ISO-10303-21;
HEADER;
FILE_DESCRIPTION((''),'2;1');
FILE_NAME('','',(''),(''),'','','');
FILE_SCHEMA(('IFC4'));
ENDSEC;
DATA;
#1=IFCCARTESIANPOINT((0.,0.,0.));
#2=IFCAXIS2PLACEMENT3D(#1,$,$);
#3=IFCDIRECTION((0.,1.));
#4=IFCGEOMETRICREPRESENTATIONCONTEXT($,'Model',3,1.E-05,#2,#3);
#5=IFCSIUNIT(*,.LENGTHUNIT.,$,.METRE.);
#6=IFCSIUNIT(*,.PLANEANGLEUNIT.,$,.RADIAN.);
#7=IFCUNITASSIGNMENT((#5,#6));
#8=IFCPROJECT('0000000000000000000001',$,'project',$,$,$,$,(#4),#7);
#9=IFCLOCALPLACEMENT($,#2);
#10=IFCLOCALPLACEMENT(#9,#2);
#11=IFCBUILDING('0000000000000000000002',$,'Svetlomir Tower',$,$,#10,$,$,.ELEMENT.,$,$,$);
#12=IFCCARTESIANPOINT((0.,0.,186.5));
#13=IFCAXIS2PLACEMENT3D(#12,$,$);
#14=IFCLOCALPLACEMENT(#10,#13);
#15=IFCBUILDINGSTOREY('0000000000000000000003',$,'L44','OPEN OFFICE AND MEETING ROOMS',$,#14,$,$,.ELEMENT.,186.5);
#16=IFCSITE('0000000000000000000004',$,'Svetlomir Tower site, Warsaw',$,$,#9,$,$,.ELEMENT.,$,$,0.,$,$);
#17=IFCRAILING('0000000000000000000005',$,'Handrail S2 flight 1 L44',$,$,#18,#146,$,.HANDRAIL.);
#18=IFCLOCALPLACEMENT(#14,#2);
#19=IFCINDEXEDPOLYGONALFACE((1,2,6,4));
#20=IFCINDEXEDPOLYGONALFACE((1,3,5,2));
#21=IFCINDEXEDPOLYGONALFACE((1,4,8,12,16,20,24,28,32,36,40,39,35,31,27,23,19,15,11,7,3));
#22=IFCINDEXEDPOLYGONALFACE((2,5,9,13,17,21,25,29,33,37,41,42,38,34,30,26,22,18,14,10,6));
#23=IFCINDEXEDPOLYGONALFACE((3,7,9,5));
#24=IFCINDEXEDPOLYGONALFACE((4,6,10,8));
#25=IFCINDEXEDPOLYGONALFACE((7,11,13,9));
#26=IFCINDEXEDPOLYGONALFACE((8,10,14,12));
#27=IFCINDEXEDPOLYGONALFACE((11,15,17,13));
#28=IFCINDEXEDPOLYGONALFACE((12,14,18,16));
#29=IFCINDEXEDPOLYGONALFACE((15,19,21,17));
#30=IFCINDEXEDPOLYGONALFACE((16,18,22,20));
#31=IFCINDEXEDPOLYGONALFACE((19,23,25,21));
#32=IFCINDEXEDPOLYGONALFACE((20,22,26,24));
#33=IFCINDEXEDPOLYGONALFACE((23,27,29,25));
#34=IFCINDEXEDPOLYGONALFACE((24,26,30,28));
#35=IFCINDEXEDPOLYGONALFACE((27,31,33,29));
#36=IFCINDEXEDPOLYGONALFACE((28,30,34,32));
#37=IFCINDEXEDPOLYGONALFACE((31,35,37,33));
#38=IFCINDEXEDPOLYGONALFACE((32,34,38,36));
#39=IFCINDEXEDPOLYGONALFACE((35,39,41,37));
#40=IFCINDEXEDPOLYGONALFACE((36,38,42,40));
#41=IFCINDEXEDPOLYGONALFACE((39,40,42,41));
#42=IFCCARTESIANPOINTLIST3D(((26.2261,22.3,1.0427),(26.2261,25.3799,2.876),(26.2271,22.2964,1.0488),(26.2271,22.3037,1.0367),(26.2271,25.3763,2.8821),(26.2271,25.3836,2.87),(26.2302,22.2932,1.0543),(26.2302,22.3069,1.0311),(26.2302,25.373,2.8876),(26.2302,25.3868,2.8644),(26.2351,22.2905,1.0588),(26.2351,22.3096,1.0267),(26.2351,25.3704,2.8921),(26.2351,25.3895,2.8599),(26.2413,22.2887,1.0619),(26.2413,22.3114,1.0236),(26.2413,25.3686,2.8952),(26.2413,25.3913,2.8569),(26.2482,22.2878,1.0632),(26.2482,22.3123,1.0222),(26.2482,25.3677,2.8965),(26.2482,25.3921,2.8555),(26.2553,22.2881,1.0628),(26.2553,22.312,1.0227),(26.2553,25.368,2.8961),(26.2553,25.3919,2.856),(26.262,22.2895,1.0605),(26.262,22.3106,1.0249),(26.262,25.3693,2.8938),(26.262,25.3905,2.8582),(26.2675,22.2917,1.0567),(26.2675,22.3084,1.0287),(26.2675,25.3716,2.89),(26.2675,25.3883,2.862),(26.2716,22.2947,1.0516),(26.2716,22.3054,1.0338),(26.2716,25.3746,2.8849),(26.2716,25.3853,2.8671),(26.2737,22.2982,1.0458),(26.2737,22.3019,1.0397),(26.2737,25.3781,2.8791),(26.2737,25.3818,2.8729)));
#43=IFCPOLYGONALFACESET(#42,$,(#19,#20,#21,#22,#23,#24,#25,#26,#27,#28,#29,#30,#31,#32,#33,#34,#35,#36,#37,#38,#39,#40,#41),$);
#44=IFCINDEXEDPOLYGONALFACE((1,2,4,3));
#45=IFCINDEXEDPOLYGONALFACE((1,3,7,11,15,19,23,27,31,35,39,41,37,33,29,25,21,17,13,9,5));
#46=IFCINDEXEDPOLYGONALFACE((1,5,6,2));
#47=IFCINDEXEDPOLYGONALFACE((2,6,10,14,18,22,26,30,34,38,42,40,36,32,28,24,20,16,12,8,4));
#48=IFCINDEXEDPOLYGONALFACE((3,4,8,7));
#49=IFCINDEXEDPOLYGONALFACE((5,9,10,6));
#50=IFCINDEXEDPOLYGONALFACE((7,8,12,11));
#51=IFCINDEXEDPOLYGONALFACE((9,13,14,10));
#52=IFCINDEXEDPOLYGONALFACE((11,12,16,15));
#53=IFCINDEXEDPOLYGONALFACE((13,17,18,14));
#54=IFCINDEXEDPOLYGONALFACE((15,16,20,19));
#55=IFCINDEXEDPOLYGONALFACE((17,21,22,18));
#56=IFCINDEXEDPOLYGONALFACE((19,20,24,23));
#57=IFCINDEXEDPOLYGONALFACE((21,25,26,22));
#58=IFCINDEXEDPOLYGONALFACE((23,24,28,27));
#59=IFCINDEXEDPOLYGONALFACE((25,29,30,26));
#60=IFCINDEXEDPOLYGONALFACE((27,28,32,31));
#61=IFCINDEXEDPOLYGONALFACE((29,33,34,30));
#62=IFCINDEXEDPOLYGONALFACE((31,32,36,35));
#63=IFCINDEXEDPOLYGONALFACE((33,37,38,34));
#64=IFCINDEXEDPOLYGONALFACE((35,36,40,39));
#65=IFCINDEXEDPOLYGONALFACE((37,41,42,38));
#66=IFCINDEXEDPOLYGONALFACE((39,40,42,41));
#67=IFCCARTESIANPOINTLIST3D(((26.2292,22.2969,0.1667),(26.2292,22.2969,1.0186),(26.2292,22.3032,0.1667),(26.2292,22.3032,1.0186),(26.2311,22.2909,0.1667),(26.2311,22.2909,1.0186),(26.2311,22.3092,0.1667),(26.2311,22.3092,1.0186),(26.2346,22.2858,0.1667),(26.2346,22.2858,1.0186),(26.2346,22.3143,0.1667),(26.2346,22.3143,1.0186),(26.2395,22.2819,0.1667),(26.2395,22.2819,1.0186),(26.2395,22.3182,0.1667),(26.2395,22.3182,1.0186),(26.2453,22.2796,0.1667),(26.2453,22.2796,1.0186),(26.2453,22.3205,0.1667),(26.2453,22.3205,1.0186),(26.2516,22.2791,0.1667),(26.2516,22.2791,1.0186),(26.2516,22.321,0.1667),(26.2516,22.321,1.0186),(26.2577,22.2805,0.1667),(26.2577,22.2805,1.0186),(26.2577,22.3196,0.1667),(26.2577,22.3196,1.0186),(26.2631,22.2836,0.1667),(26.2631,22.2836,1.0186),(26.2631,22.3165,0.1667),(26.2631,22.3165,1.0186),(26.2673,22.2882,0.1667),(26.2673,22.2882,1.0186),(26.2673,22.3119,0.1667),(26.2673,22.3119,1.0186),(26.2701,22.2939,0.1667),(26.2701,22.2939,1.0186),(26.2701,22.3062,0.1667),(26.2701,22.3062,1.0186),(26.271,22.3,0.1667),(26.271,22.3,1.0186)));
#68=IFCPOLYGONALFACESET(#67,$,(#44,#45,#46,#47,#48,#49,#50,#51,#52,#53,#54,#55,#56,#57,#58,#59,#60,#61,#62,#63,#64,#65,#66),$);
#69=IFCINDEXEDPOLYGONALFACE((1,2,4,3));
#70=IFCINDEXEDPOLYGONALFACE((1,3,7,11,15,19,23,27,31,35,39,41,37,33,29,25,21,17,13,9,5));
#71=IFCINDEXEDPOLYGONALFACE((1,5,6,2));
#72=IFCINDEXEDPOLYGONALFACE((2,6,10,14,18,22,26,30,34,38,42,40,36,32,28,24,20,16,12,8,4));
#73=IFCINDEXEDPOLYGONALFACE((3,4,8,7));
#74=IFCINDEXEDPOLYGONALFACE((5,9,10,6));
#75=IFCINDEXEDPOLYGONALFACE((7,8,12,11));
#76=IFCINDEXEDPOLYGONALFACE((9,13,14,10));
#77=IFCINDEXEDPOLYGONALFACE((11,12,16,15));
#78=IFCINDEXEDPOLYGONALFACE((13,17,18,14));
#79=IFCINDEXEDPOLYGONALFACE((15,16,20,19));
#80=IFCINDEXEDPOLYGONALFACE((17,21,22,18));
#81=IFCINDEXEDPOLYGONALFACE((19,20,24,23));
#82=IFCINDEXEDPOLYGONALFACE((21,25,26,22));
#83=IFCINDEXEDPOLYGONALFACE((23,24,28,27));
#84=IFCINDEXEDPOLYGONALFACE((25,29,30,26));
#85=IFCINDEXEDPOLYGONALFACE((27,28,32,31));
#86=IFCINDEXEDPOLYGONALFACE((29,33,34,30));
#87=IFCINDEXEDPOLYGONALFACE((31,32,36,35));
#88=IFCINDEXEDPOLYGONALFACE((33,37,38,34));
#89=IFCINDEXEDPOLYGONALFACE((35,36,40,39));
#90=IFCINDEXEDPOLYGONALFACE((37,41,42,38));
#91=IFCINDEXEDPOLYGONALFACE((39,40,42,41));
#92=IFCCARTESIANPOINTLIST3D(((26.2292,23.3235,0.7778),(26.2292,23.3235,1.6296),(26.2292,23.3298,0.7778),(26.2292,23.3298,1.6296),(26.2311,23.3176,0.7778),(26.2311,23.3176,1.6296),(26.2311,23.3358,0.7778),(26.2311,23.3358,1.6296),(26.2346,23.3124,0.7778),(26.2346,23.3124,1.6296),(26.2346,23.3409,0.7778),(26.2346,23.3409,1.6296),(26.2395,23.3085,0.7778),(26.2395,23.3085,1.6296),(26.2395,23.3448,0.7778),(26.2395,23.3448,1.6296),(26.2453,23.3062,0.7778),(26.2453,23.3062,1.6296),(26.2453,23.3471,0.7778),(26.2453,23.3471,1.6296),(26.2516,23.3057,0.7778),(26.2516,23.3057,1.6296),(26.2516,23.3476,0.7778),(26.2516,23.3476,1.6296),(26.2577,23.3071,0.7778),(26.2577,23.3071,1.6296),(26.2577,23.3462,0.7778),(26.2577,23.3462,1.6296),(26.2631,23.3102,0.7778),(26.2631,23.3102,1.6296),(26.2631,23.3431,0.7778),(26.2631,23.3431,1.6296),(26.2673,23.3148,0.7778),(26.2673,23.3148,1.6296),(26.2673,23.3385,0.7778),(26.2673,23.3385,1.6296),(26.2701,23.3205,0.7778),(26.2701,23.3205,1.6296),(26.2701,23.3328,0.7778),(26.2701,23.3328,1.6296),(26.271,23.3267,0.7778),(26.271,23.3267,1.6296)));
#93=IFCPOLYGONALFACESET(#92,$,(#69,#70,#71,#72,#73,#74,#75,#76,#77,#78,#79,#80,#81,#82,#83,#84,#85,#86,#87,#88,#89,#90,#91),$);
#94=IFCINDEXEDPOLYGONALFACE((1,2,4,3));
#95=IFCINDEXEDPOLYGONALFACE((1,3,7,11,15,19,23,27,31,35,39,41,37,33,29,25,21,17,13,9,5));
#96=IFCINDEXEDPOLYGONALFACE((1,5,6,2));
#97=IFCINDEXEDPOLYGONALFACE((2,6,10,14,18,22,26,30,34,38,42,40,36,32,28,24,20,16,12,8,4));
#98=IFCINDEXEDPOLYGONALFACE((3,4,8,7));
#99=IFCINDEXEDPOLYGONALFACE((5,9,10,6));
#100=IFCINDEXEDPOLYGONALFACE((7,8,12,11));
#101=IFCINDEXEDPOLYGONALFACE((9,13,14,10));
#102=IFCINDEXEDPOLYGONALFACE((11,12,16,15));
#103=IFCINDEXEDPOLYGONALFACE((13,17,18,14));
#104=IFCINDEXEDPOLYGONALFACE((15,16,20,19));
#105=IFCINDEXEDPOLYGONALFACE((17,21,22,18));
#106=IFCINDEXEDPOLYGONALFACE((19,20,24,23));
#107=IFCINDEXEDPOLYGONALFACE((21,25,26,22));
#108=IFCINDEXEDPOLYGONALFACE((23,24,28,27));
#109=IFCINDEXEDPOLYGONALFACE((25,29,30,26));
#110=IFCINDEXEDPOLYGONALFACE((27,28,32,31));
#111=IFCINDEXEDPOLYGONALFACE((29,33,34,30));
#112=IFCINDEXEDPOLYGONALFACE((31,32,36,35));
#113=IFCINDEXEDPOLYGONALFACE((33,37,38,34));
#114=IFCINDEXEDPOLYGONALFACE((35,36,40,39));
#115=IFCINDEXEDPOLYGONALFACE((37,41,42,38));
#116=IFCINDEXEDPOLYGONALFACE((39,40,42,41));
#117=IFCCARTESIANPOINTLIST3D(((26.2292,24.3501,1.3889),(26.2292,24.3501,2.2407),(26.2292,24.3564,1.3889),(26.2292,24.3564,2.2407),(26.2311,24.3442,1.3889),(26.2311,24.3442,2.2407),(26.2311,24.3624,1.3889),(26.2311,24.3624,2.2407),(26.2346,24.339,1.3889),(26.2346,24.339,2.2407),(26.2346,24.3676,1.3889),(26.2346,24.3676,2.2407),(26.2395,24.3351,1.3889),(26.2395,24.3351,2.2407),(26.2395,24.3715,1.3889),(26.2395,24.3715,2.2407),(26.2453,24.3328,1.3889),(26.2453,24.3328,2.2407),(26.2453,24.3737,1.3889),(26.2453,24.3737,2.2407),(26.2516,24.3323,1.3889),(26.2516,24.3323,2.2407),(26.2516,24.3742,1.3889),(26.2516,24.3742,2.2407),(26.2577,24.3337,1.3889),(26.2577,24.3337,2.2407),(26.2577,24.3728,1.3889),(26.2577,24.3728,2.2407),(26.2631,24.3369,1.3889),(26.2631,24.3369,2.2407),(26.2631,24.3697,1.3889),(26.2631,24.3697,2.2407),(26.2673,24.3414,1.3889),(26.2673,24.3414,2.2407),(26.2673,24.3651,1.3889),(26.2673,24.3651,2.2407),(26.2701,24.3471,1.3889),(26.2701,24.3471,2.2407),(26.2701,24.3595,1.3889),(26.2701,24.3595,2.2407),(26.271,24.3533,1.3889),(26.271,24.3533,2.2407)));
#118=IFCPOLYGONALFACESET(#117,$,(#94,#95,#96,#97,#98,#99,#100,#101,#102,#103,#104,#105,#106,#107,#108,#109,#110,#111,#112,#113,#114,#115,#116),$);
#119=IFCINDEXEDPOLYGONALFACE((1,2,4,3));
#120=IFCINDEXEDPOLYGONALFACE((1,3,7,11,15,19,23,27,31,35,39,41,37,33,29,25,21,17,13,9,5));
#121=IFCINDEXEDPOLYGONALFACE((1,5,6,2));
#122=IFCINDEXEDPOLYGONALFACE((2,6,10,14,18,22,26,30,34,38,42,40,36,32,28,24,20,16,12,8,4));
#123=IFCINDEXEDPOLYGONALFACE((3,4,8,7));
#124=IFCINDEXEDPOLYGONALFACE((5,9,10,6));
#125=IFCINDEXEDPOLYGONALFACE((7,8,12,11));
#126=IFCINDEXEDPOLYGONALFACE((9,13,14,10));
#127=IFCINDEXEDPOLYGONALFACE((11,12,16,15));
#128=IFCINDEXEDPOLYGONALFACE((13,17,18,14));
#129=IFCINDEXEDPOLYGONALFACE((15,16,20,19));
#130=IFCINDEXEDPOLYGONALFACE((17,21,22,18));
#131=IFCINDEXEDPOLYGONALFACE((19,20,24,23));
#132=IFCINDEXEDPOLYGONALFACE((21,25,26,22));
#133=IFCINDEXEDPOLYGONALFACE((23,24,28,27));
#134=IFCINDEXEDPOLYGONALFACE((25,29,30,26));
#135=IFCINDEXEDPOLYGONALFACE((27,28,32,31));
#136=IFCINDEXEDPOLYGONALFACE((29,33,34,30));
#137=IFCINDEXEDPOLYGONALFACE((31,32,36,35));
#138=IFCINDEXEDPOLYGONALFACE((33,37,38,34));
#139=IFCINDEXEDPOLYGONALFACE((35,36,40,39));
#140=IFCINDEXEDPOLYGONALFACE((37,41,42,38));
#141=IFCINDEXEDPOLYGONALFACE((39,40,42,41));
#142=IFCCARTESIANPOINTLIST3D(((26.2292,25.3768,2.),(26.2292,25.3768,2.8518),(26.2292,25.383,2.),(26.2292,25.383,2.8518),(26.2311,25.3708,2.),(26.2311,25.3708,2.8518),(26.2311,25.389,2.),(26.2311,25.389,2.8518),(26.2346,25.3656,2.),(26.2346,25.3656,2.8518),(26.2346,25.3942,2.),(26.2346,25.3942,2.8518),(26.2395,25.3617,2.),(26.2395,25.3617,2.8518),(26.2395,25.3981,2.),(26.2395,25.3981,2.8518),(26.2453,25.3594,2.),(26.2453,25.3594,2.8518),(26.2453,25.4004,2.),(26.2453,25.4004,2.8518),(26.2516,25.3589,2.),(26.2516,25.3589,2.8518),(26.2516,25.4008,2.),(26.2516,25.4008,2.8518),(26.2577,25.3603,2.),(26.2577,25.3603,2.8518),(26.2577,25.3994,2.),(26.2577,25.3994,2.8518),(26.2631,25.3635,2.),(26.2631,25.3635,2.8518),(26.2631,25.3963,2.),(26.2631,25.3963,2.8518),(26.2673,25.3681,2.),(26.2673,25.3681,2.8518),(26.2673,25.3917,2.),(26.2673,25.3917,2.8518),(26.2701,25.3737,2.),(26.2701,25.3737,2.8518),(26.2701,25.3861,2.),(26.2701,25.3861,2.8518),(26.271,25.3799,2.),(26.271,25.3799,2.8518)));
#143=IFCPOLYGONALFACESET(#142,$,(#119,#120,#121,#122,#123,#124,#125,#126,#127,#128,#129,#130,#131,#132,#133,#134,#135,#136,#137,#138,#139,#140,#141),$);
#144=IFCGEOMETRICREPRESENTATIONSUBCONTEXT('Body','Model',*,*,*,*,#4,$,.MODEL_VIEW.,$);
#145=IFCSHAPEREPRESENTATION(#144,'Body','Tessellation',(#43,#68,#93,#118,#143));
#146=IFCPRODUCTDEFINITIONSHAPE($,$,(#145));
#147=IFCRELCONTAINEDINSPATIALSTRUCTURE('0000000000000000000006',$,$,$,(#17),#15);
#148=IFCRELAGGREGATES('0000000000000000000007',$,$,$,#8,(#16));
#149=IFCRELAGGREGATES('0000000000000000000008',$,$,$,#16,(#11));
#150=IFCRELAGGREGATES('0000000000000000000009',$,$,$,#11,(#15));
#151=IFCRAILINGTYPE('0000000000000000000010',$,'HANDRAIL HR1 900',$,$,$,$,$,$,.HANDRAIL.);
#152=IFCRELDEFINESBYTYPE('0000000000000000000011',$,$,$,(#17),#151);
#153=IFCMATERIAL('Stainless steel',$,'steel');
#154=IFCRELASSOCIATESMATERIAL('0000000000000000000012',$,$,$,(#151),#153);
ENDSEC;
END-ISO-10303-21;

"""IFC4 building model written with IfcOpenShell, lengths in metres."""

from ifc_helpers import new_model, si_unit, direction, frame, origin, origin_2d, place, context, subcontext, project, spatial, circle, extrude, material, type_object, element, save


model = new_model("IFC4")

# Units and contexts
model_context = context("Model", 3, precision=1e-05, world=origin(), true_north=direction((0.0, 1.0)))
body_context = subcontext(model_context, "Body", "Model", "MODEL_VIEW")
ifc_project = project(units=[si_unit("LENGTHUNIT", "METRE"), si_unit("PLANEANGLEUNIT", "RADIAN")], contexts=[model_context])

# Site, building, storey
site_placement = place(None, origin())
site = spatial("IfcSite", under=ifc_project, at=site_placement, Name="Svetlomir Tower site, Warsaw", CompositionType="ELEMENT", RefElevation=0.0)
building_placement = place(site_placement, origin())
building = spatial("IfcBuilding", under=site, at=building_placement, Name="Svetlomir Tower", CompositionType="ELEMENT")
storey_placement = place(building_placement, frame((0.0, 0.0, 186.5)))
storey = spatial("IfcBuildingStorey", under=building, at=storey_placement, Name="L44", Description="OPEN OFFICE AND MEETING ROOMS", CompositionType="ELEMENT", Elevation=186.5)

# Railing
ifc_material_1 = material(Name="Stainless steel", Category="steel")
railing_type = type_object("IfcRailingType", Name="HANDRAIL HR1 900", PredefinedType="HANDRAIL", material=ifc_material_1)
railing_1_placement = place(storey_placement, frame((26.25, 22.3, 0.1667)))
element("IfcRailing", 1, at=railing_1_placement, inside=storey, type_object=railing_type, Name="Handrail S2 flight 1 L44", PredefinedType="HANDRAIL", context=body_context, shape_type="SweptSolid", body=[
    extrude(circle(Radius=0.0239, at=origin_2d()), frame((0.0, 0.0, 0.876), z_axis=(0.0, 0.859291, 0.511487), x_axis=(-1.0, 0.0, 0.0)), (0.0, 0.0, 1.0), 3.5842),
    extrude(circle(Radius=0.021, at=origin_2d()), origin(), (0.0, 0.0, 1.0), 0.8518),
    extrude(circle(Radius=0.021, at=origin_2d()), frame((0.0, 1.0266, 0.6111)), (0.0, 0.0, 1.0), 0.8518),
    extrude(circle(Radius=0.021, at=origin_2d()), frame((0.0, 2.0532, 1.2222)), (0.0, 0.0, 1.0), 0.8518),
    extrude(circle(Radius=0.021, at=origin_2d()), frame((0.0, 3.0798, 1.8333)), (0.0, 0.0, 1.0), 0.8518),
])

save(model, "model.ifc")
